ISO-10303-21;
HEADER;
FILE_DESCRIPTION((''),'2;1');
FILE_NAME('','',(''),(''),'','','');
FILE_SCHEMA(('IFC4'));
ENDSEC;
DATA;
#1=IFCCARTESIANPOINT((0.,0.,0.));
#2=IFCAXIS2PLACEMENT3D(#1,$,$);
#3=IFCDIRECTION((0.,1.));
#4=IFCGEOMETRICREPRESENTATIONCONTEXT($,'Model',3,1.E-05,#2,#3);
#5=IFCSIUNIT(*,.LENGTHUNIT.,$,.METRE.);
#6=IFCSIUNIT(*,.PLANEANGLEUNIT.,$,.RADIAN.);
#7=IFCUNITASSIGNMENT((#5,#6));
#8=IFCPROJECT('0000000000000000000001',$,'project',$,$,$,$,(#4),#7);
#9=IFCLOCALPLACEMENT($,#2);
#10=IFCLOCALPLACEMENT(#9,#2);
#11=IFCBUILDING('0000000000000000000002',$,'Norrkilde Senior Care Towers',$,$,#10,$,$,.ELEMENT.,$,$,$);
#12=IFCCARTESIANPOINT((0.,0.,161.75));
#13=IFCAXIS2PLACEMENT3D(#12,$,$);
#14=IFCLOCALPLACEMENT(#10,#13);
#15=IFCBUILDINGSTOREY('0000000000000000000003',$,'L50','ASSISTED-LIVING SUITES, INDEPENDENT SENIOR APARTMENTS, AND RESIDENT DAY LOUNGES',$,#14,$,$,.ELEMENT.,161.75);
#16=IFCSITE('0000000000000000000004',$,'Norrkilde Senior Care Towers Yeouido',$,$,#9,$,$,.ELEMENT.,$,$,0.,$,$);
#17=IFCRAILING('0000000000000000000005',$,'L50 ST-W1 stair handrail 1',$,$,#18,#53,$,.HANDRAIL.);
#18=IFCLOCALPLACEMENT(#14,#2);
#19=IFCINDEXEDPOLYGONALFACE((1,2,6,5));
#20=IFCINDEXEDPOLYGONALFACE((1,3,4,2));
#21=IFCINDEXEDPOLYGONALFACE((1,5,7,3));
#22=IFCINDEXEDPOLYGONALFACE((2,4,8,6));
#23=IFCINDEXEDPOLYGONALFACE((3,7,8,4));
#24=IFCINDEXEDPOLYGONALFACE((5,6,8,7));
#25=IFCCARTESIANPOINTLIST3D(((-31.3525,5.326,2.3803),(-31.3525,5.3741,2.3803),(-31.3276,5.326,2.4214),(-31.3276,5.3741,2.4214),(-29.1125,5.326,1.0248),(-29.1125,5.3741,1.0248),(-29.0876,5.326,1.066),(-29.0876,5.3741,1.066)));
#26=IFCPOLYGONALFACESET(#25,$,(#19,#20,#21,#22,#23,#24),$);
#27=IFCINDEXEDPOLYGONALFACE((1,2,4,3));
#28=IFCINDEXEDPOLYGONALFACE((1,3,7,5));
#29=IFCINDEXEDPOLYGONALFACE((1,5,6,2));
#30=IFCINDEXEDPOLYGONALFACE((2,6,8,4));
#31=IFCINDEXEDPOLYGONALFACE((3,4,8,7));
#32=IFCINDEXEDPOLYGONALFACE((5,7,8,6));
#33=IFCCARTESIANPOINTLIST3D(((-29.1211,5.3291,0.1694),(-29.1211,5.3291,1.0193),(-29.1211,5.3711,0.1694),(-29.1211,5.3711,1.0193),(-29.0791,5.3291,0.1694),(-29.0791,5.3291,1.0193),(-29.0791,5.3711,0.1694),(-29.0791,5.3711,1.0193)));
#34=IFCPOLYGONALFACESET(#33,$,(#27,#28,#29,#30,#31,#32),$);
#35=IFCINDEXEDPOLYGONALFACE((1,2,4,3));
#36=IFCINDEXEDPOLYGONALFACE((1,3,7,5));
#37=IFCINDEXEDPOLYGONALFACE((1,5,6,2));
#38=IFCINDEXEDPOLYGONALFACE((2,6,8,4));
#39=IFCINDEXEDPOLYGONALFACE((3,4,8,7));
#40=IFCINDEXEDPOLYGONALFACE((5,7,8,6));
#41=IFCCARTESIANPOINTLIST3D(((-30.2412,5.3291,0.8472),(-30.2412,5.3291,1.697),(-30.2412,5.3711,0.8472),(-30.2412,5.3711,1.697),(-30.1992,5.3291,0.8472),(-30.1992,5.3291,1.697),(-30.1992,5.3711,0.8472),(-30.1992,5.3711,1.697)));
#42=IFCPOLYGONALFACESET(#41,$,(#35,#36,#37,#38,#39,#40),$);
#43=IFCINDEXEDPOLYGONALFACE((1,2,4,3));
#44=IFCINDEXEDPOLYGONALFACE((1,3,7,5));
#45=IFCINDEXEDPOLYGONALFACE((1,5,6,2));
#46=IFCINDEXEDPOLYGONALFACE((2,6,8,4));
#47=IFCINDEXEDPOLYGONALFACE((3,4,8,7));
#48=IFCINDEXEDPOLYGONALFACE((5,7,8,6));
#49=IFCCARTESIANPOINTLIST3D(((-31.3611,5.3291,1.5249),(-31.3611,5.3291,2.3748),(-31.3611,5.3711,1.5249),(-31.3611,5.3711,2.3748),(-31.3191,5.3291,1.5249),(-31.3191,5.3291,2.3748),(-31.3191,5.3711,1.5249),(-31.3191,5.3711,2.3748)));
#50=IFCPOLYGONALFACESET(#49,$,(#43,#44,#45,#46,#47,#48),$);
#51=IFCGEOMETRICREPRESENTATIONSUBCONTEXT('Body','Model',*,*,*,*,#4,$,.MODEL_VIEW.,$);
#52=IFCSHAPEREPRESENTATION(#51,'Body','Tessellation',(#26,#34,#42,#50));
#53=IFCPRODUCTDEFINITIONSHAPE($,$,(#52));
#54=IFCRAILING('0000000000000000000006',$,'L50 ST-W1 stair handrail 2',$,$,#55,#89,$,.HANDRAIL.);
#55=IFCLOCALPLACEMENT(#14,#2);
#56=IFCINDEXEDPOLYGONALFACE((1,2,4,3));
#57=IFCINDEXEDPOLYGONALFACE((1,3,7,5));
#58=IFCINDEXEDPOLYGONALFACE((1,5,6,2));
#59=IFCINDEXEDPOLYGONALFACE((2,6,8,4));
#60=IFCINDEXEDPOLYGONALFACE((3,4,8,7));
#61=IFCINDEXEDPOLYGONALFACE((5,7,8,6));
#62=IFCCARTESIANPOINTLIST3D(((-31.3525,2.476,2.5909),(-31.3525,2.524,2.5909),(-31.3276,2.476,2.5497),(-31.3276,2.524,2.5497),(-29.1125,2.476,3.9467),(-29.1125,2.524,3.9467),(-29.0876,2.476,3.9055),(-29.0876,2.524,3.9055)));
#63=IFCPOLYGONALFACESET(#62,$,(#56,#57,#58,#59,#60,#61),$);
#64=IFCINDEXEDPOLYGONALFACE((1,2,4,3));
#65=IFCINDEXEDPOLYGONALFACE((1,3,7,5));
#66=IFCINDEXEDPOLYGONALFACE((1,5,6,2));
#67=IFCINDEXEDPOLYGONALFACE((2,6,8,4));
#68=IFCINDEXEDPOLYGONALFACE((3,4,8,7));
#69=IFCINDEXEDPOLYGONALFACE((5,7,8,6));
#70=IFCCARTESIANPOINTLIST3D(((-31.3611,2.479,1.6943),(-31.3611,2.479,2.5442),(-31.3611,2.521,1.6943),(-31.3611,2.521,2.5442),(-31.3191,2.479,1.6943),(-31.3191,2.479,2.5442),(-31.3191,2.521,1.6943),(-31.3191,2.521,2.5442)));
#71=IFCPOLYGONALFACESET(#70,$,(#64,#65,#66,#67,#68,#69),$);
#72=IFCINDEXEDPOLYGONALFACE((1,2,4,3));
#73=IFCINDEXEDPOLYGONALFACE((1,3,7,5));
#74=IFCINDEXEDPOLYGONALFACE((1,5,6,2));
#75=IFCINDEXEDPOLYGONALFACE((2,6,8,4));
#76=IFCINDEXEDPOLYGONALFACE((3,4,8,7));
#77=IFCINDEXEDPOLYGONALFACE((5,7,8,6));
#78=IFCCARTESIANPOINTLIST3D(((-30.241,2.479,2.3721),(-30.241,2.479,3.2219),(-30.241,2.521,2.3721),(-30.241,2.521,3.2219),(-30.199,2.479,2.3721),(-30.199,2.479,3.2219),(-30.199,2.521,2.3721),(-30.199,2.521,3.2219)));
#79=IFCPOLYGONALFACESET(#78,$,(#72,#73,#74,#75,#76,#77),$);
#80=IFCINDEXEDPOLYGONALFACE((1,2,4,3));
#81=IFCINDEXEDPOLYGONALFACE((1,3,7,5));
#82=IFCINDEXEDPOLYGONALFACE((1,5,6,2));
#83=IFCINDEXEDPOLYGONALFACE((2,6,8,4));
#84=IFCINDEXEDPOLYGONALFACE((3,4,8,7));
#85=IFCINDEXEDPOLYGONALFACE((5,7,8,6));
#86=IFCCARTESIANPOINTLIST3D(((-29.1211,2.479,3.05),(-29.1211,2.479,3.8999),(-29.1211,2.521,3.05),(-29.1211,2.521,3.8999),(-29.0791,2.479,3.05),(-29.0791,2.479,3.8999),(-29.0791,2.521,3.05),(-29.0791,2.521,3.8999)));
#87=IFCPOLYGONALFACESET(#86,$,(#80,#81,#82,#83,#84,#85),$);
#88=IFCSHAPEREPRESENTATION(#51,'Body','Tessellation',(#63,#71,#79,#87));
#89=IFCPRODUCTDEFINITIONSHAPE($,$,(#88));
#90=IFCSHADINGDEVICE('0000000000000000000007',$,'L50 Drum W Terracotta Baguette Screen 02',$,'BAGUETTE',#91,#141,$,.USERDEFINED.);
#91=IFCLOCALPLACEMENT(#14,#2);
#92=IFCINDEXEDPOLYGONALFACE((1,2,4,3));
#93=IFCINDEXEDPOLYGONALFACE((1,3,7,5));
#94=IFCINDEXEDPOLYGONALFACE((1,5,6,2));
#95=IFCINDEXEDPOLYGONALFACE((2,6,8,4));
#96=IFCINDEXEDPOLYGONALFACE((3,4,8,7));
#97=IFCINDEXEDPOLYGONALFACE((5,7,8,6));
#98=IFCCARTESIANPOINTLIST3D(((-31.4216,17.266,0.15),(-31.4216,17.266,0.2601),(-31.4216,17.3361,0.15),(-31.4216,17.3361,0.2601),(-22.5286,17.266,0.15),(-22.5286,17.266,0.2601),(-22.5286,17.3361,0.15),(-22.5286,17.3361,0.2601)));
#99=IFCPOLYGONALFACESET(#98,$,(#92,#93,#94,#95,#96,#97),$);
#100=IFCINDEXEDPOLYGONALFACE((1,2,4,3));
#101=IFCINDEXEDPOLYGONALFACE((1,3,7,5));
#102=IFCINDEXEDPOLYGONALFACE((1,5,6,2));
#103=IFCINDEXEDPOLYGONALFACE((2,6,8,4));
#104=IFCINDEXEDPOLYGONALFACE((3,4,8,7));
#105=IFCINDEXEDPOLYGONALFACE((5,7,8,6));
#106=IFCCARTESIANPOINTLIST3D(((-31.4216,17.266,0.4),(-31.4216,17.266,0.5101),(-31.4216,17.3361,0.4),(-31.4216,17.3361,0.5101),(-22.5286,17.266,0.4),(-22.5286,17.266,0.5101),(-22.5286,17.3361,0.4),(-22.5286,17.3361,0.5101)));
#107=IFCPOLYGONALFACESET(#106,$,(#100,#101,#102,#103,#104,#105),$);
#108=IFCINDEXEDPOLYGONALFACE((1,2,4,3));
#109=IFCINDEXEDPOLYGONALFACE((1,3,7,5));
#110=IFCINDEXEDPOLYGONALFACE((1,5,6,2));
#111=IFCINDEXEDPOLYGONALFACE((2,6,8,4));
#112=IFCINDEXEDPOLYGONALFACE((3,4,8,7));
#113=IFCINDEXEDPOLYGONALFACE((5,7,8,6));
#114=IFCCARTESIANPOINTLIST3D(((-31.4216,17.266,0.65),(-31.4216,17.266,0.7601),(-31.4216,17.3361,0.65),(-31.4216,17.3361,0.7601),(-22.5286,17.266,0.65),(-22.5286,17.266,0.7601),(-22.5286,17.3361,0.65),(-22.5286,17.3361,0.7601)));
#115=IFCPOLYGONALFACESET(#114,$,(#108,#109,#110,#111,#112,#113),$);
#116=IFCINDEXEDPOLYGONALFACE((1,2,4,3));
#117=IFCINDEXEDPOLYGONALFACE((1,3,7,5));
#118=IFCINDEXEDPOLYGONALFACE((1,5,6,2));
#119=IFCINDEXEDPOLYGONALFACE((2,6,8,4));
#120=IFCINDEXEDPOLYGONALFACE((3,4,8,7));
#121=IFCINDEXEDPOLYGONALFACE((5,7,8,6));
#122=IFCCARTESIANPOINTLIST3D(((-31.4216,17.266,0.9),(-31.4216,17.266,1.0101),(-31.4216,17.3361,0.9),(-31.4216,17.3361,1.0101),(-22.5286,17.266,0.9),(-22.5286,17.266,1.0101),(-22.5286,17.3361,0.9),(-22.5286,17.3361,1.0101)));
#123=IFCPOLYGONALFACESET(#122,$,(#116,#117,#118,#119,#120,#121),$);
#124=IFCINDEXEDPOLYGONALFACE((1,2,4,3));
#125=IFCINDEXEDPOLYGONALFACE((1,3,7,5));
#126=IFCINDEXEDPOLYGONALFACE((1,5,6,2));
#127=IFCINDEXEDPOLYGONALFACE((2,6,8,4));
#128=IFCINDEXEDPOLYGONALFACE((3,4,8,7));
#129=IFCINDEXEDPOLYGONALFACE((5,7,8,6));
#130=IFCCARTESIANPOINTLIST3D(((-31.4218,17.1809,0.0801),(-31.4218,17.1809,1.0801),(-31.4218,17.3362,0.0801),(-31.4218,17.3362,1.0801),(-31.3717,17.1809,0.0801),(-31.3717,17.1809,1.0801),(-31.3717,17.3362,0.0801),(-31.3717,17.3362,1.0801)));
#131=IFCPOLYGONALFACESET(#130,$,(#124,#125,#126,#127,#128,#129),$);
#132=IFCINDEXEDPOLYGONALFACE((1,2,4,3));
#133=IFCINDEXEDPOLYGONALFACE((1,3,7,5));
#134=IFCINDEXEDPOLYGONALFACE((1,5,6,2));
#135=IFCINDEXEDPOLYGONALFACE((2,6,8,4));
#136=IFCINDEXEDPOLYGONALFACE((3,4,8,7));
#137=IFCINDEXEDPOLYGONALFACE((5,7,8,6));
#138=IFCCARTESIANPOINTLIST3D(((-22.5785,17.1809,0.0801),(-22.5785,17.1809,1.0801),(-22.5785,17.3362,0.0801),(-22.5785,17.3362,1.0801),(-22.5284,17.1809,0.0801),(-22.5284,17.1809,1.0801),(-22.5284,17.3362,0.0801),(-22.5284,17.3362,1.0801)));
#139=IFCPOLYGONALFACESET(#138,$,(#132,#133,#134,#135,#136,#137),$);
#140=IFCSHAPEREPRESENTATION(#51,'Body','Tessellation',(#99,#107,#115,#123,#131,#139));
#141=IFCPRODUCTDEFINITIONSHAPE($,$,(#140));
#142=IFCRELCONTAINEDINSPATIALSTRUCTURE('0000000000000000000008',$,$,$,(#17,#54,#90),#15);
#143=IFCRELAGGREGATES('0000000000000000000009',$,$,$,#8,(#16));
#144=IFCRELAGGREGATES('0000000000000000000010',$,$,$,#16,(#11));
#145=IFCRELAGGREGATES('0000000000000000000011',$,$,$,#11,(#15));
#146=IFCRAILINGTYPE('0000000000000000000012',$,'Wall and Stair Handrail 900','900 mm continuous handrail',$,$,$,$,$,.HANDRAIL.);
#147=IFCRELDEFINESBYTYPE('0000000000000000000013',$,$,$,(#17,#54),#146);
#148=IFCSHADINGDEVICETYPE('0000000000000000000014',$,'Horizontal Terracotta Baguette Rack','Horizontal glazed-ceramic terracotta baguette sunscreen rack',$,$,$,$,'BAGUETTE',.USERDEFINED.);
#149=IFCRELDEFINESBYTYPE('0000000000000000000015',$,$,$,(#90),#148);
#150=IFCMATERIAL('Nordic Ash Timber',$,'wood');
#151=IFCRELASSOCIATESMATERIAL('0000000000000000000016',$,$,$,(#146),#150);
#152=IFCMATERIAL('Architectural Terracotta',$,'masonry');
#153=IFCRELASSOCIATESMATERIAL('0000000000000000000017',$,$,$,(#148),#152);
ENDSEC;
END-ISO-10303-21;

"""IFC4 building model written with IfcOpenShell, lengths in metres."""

from ifc_helpers import new_model, si_unit, direction, frame, origin, origin_2d, place, context, subcontext, project, spatial, rectangle, extrude, source, transform, mapped, material, type_object, type_shapes, element, save


model = new_model("IFC4")

# Units and contexts
model_context = context("Model", 3, precision=1e-05, world=origin(), true_north=direction((0.0, 1.0)))
body_context = subcontext(model_context, "Body", "Model", "MODEL_VIEW")
ifc_project = project(units=[si_unit("LENGTHUNIT", "METRE"), si_unit("PLANEANGLEUNIT", "RADIAN")], contexts=[model_context])

# Site, building, storey
site_placement = place(None, origin())
site = spatial("IfcSite", under=ifc_project, at=site_placement, Name="Norrkilde Senior Care Towers Yeouido", CompositionType="ELEMENT", RefElevation=0.0)
building_placement = place(site_placement, origin())
building = spatial("IfcBuilding", under=site, at=building_placement, Name="Norrkilde Senior Care Towers", CompositionType="ELEMENT")
storey_placement = place(building_placement, frame((0.0, 0.0, 161.75)))
storey = spatial("IfcBuildingStorey", under=building, at=storey_placement, Name="L50", Description="ASSISTED-LIVING SUITES, INDEPENDENT SENIOR APARTMENTS, AND RESIDENT DAY LOUNGES", CompositionType="ELEMENT", Elevation=161.75)

# Shared definitions
ifc_material_1 = material(Name="Nordic Ash Timber", Category="wood")

# Railings
railing_type_1 = type_object("IfcRailingType", Name="Wall and Stair Handrail 900", Description="900 mm continuous handrail", PredefinedType="HANDRAIL", material=ifc_material_1)
railing_1_placement = place(storey_placement, frame((-29.1001, 5.3501, 0.1694)))
element("IfcRailing", 1, at=railing_1_placement, inside=storey, type_object=railing_type_1, Name="L50 ST-W1 stair handrail 1", PredefinedType="HANDRAIL", context=body_context, shape_type="SweptSolid", body=[
    extrude(rectangle(XDim=0.0481, YDim=0.0481, at=origin_2d()), frame((0.0, 0.0, 0.876), z_axis=(-0.855553, 0.0, 0.517715), x_axis=(0.0, -1.0, 0.0)), (0.0, 0.0, 1.0), 2.6182),
    extrude(rectangle(XDim=0.042, YDim=0.042, at=origin_2d()), origin(), (0.0, 0.0, 1.0), 0.8499),
    extrude(rectangle(XDim=0.042, YDim=0.042, at=origin_2d()), frame((-1.1201, 0.0, 0.6777)), (0.0, 0.0, 1.0), 0.8499),
    extrude(rectangle(XDim=0.042, YDim=0.042, at=origin_2d()), frame((-2.24, 0.0, 1.3555)), (0.0, 0.0, 1.0), 0.8499),
])
railing_2_placement = place(storey_placement, frame((-31.3401, 2.5, 1.6943)))
element("IfcRailing", 2, at=railing_2_placement, inside=storey, type_object=railing_type_1, Name="L50 ST-W1 stair handrail 2", PredefinedType="HANDRAIL", context=body_context, shape_type="SweptSolid", body=[
    extrude(rectangle(XDim=0.0481, YDim=0.0481, at=origin_2d()), frame((0.0, 0.0, 0.876), z_axis=(0.855512, 0.0, 0.517783), x_axis=(0.0, 1.0, 0.0)), (0.0, 0.0, 1.0), 2.6184),
    extrude(rectangle(XDim=0.042, YDim=0.042, at=origin_2d()), origin(), (0.0, 0.0, 1.0), 0.8499),
    extrude(rectangle(XDim=0.042, YDim=0.042, at=origin_2d()), frame((1.1201, 0.0, 0.6777)), (0.0, 0.0, 1.0), 0.8499),
    extrude(rectangle(XDim=0.042, YDim=0.042, at=origin_2d()), frame((2.24, 0.0, 1.3557)), (0.0, 0.0, 1.0), 0.8499),
])

# Shading device
ifc_material_2 = material(Name="Architectural Terracotta", Category="masonry")
shading_device_type = type_object("IfcShadingDeviceType", Name="Horizontal Terracotta Baguette Rack", Description="Horizontal glazed-ceramic terracotta baguette sunscreen rack", ElementType="BAGUETTE", PredefinedType="USERDEFINED", material=ifc_material_2)
shared_shape_1 = source(origin(), body_context, "Body", "SweptSolid", [
    extrude(rectangle(XDim=0.0701, YDim=0.1101, at=origin_2d()), frame((0.0, 0.0901, 0.125), z_axis=(1.0, 0.0, 0.0), x_axis=(0.0, 1.0, 0.0)), (0.0, 0.0, 1.0), 8.8931),
    extrude(rectangle(XDim=0.0701, YDim=0.1101, at=origin_2d()), frame((0.0, 0.0901, 0.375), z_axis=(1.0, 0.0, 0.0), x_axis=(0.0, 1.0, 0.0)), (0.0, 0.0, 1.0), 8.8931),
    extrude(rectangle(XDim=0.0701, YDim=0.1101, at=origin_2d()), frame((0.0, 0.0901, 0.625), z_axis=(1.0, 0.0, 0.0), x_axis=(0.0, 1.0, 0.0)), (0.0, 0.0, 1.0), 8.8931),
    extrude(rectangle(XDim=0.0701, YDim=0.1101, at=origin_2d()), frame((0.0, 0.0901, 0.875), z_axis=(1.0, 0.0, 0.0), x_axis=(0.0, 1.0, 0.0)), (0.0, 0.0, 1.0), 8.8931),
    extrude(rectangle(XDim=0.05, YDim=0.1553, at=origin_2d()), frame((0.0249, 0.0476, 0.0)), (0.0, 0.0, 1.0), 1.0),
    extrude(rectangle(XDim=0.05, YDim=0.1553, at=origin_2d()), frame((8.8682, 0.0476, 0.0)), (0.0, 0.0, 1.0), 1.0),
])
type_shapes(shading_device_type, [shared_shape_1])
shading_device_placement = place(storey_placement, frame((-31.4216, 17.2109, 0.0801), z_axis=(0.0, 0.0, 1.0), x_axis=(1.0, 0.0, 0.0)))
element("IfcShadingDevice", 3, at=shading_device_placement, inside=storey, type_object=shading_device_type, Name="L50 Drum W Terracotta Baguette Screen 02", ObjectType="BAGUETTE", PredefinedType="USERDEFINED", context=body_context, shape_type="MappedRepresentation", body=[
    mapped(shared_shape_1, transform((0.0, 0.0, 0.0), x_axis=(1.0, 0.0, 0.0), y_axis=(0.0, 1.0, 0.0), z_axis=(0.0, 0.0, 1.0), scale=1.0)),
])

save(model, "model.ifc")
